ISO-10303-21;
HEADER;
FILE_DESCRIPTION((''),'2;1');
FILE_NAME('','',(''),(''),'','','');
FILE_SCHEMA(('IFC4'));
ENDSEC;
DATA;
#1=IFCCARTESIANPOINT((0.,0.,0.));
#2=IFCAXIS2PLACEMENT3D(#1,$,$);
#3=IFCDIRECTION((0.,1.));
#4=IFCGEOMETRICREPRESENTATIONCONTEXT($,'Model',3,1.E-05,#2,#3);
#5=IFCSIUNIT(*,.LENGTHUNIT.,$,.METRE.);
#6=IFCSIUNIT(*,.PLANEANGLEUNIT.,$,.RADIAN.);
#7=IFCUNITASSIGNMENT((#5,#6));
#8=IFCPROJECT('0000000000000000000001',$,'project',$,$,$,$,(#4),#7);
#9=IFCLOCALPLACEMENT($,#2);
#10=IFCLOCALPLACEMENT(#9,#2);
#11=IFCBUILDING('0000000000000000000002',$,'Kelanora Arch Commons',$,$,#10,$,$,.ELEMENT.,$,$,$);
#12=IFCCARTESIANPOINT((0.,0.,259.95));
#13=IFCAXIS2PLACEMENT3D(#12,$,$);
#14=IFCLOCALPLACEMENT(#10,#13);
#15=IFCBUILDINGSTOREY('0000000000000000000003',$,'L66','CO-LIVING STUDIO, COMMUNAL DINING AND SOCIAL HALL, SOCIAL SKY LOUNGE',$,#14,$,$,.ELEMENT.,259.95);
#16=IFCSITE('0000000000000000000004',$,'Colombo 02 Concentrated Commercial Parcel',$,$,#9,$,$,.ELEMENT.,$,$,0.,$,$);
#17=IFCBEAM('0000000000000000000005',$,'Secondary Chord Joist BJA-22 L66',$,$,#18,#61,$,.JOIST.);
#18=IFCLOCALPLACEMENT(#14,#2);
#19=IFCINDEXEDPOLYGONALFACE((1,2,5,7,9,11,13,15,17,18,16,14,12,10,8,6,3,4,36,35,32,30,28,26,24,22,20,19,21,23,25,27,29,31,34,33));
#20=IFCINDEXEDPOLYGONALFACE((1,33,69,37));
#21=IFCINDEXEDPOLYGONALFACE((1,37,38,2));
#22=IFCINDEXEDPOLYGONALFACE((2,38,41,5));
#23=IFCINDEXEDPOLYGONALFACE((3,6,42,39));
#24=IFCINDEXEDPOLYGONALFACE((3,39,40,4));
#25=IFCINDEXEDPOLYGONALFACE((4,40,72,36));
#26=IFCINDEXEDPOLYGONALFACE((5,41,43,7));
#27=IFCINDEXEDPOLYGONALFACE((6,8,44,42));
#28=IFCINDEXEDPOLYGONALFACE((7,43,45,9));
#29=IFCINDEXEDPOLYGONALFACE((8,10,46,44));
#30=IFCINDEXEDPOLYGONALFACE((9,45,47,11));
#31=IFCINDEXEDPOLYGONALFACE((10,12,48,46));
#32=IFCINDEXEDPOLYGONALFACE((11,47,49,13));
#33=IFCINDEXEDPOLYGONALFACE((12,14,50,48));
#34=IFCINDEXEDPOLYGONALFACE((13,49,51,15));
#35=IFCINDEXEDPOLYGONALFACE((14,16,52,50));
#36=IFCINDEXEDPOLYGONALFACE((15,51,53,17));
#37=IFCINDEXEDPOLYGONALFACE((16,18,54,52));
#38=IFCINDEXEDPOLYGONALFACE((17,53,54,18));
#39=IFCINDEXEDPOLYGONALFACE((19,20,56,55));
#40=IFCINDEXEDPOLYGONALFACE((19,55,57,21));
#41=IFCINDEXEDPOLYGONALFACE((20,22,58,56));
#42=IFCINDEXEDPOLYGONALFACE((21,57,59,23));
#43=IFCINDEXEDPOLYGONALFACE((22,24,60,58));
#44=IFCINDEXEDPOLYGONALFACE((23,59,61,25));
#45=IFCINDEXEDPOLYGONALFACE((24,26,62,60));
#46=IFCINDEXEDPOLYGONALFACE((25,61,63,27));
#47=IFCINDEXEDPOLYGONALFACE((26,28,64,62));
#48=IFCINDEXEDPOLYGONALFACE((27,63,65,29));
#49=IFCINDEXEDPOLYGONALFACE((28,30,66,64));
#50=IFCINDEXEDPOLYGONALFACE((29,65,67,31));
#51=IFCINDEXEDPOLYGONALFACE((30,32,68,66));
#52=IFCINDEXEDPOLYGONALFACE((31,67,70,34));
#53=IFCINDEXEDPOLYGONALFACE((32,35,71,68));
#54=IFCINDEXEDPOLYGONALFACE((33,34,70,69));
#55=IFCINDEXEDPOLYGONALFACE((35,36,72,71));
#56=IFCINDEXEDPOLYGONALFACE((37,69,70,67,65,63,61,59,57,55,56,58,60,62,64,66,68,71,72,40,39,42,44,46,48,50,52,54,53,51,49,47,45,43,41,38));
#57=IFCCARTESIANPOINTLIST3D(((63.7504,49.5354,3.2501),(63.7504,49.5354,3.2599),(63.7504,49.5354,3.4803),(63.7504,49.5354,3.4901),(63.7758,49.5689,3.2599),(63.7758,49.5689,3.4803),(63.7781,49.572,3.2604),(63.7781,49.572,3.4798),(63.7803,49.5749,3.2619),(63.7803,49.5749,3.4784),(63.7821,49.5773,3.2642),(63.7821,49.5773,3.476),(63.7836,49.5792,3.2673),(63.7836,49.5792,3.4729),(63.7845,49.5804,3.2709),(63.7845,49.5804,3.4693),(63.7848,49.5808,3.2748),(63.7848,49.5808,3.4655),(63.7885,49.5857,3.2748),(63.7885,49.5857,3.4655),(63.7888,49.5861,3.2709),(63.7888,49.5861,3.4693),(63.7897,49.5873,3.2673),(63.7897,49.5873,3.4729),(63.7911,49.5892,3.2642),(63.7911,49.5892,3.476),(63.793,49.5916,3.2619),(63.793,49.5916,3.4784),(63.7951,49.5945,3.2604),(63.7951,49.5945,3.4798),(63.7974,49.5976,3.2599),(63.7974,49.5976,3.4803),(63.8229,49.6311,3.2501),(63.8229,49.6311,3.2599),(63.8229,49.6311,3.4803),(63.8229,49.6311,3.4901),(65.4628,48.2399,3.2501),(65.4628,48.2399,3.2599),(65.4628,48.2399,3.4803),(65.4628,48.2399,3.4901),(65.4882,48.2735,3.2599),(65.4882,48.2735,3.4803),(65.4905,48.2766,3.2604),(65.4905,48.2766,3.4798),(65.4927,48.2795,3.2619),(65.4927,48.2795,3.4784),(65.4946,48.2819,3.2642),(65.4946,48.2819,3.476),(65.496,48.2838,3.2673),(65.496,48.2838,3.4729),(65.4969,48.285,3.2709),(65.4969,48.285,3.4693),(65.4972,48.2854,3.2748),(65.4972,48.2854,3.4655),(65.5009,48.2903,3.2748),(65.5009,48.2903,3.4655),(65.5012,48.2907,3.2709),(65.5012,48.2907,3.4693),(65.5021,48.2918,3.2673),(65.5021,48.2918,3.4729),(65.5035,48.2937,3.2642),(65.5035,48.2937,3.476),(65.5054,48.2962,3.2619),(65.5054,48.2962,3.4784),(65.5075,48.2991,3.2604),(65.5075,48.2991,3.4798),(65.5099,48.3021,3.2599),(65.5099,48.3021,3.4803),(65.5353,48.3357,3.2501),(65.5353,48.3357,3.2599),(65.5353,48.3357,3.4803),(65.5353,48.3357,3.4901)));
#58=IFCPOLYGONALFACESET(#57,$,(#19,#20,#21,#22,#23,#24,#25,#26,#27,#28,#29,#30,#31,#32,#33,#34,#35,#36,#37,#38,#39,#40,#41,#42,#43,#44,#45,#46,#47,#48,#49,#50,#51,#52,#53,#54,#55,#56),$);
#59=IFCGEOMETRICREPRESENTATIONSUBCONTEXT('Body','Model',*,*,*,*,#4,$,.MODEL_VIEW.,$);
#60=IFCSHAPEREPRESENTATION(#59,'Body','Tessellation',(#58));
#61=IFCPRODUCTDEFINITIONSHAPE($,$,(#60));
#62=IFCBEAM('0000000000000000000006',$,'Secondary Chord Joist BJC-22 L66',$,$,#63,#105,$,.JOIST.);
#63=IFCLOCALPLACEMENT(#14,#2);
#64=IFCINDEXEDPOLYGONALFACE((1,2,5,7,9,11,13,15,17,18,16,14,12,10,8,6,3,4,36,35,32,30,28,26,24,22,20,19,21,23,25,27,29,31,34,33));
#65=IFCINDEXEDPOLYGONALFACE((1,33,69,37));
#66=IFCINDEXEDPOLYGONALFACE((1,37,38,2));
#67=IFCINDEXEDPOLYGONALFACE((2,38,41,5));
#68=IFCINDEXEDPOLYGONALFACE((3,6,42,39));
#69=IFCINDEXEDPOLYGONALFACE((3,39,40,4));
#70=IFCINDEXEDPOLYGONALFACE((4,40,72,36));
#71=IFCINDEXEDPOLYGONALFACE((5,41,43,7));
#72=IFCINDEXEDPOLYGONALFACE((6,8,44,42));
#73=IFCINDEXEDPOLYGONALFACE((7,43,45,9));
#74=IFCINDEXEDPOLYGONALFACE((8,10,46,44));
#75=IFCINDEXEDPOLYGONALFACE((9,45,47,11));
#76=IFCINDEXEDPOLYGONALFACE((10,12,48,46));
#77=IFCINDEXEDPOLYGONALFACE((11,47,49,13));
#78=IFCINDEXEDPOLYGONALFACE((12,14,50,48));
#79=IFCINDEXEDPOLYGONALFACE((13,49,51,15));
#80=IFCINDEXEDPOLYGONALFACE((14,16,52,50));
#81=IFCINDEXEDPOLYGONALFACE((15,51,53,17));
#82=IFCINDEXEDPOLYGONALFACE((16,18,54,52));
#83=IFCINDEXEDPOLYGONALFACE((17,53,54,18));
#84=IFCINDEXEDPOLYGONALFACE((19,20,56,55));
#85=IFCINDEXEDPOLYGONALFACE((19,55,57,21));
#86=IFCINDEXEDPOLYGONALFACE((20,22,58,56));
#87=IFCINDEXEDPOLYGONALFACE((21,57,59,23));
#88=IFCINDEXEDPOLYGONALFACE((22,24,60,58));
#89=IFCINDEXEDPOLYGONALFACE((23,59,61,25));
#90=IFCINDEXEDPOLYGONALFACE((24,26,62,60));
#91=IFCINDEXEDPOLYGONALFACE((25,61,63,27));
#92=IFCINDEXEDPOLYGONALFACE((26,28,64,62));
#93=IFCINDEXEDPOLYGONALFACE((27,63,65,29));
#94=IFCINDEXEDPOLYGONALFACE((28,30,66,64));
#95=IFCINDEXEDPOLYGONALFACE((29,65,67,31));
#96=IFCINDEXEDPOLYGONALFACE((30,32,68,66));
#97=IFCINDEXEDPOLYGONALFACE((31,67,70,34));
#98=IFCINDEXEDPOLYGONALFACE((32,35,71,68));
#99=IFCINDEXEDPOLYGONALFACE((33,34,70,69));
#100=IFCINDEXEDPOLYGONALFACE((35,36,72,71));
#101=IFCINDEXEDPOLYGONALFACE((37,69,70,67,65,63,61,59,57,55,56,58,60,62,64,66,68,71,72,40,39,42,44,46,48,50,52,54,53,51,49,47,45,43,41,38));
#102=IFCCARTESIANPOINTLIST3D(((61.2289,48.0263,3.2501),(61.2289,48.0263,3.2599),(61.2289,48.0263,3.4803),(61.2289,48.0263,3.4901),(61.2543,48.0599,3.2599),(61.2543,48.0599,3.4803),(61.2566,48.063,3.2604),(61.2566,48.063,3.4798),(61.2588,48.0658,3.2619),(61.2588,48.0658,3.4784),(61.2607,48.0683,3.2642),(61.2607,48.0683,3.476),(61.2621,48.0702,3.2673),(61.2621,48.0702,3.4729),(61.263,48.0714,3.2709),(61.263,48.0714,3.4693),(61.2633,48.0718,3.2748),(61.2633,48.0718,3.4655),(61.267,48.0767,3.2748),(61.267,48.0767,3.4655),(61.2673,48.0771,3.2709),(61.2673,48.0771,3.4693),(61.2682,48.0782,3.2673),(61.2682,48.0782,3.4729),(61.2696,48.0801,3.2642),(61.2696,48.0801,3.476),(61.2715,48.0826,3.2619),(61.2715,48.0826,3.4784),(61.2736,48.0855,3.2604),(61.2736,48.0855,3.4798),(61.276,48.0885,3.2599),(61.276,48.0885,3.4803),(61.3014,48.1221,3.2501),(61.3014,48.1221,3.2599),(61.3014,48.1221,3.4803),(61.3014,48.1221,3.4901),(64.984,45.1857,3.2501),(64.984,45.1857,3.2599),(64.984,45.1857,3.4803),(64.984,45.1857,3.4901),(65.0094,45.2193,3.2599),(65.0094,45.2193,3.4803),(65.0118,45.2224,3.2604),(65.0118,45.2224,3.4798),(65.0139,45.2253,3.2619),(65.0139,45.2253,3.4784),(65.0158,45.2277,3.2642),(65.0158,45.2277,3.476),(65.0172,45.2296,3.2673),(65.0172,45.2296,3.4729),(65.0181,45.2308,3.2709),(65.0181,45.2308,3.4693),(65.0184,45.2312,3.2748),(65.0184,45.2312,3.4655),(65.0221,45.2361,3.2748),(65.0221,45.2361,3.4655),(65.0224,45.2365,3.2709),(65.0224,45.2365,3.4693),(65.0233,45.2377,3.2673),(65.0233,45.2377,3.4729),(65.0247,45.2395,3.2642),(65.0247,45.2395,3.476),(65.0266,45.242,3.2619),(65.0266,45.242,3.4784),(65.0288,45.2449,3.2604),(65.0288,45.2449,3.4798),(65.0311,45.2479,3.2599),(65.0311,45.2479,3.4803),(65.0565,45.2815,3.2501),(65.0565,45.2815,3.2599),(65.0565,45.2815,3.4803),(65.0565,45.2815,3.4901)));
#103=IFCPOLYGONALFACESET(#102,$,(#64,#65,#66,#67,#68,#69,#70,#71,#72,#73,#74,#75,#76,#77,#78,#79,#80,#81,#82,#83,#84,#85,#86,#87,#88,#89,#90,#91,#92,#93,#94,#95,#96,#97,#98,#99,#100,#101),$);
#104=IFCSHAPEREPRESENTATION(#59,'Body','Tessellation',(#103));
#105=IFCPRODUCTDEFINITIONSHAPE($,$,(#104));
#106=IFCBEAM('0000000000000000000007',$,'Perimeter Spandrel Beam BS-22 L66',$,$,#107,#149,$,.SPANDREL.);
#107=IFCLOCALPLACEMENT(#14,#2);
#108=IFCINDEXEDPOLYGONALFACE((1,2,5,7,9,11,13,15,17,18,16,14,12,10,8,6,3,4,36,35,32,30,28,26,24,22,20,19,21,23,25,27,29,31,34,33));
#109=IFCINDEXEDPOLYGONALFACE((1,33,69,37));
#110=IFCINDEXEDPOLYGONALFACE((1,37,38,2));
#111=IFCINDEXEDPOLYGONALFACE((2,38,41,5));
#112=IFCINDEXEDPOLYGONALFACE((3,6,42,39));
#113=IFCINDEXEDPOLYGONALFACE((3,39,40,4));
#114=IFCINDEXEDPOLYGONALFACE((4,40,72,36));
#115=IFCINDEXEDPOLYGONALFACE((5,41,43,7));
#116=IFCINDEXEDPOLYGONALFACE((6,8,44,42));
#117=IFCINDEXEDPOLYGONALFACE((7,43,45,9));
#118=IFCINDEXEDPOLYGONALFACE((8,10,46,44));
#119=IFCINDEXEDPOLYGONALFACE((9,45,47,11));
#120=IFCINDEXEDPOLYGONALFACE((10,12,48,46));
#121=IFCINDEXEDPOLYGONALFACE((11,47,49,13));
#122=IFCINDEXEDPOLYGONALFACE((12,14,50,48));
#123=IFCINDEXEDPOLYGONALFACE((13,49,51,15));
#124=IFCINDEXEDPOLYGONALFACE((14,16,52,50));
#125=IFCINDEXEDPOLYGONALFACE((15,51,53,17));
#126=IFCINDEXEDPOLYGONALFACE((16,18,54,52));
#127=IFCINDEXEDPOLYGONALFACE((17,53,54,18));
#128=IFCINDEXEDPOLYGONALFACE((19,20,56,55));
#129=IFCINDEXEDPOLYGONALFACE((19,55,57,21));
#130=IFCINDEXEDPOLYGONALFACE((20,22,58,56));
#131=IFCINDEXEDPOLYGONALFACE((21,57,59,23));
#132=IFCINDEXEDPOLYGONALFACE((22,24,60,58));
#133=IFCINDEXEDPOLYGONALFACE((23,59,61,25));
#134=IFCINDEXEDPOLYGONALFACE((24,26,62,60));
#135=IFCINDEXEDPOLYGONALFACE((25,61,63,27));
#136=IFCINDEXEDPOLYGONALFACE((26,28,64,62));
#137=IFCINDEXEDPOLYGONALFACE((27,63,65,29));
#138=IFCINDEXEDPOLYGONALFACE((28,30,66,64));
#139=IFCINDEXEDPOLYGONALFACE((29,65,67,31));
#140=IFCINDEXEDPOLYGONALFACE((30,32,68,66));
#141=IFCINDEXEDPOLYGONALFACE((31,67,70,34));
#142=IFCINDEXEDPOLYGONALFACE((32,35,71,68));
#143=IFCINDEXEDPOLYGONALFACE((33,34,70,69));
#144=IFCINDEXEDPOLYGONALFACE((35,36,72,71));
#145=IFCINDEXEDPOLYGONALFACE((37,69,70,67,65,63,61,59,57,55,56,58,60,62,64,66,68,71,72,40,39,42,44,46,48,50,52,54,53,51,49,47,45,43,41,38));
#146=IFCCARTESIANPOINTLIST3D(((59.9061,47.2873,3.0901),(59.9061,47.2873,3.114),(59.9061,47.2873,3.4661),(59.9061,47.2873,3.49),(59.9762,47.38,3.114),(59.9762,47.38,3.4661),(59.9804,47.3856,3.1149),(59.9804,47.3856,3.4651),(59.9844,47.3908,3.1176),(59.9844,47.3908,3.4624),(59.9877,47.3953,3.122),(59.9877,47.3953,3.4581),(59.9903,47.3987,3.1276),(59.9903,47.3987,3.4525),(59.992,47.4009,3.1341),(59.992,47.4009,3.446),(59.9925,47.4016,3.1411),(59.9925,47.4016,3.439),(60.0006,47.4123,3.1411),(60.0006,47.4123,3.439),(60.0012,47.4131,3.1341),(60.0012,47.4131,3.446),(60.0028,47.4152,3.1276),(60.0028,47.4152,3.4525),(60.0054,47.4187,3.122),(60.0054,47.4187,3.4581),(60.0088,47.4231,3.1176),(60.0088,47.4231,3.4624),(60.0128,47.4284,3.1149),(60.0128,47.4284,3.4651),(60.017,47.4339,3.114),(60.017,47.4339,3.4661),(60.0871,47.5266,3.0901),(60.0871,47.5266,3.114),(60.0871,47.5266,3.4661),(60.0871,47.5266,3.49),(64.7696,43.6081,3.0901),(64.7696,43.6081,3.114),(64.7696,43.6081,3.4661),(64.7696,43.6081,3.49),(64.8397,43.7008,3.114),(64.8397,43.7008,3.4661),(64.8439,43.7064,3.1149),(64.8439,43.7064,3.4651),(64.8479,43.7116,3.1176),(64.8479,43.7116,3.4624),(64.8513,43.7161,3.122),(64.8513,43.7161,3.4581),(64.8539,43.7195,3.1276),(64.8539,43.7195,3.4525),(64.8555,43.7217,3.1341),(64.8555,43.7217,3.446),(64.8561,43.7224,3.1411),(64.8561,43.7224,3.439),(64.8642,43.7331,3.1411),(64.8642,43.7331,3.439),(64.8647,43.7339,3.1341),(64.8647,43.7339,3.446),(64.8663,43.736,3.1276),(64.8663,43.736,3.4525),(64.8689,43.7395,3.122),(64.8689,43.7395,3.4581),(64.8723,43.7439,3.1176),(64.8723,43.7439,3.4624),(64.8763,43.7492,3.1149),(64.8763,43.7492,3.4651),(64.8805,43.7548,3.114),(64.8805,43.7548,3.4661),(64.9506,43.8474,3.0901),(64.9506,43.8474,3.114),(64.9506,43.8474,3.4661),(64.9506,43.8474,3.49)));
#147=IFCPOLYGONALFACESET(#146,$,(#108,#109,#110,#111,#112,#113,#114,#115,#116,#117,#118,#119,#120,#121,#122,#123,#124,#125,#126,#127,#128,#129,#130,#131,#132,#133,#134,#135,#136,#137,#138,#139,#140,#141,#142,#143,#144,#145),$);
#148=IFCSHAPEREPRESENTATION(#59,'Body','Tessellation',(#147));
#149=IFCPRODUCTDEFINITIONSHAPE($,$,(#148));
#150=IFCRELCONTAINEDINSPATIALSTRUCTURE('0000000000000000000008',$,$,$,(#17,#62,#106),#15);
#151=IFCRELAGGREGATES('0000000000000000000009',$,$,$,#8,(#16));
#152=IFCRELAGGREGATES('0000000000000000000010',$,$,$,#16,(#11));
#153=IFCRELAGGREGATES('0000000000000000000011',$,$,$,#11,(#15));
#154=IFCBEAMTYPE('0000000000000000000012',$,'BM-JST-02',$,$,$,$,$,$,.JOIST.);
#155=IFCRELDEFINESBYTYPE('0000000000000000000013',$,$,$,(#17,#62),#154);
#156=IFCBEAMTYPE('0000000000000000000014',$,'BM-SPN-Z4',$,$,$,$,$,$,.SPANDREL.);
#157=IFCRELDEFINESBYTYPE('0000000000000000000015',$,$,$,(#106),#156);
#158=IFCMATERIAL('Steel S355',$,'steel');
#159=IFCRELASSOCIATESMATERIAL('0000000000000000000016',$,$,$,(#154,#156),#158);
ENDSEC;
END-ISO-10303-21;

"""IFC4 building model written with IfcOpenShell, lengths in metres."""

from ifc_helpers import new_model, si_unit, direction, frame, origin, origin_2d, place, context, subcontext, project, spatial, i_section, extrude, material, material_profile, profile_set, type_object, element, save


model = new_model("IFC4")

# Units and contexts
model_context = context("Model", 3, precision=1e-05, world=origin(), true_north=direction((0.0, 1.0)))
body_context = subcontext(model_context, "Body", "Model", "MODEL_VIEW")
ifc_project = project(units=[si_unit("LENGTHUNIT", "METRE"), si_unit("PLANEANGLEUNIT", "RADIAN")], contexts=[model_context])

# Site, building, storey
site_placement = place(None, origin())
site = spatial("IfcSite", under=ifc_project, at=site_placement, Name="Colombo 02 Concentrated Commercial Parcel", CompositionType="ELEMENT", RefElevation=0.0)
building_placement = place(site_placement, origin())
building = spatial("IfcBuilding", under=site, at=building_placement, Name="Kelanora Arch Commons", CompositionType="ELEMENT")
storey_placement = place(building_placement, frame((0.0, 0.0, 259.95)))
storey = spatial("IfcBuildingStorey", under=building, at=storey_placement, Name="L66", Description="CO-LIVING STUDIO, COMMUNAL DINING AND SOCIAL HALL, SOCIAL SKY LOUNGE", CompositionType="ELEMENT", Elevation=259.95)

# Beams
ifc_material_1 = material(Name="Steel S355", Category="steel")
ifc_material_profile_1 = material_profile(ifc_material_1, i_section(OverallWidth=0.1201, OverallDepth=0.24, WebThickness=0.0061, FlangeThickness=0.0098, FilletRadius=0.0149, at=origin_2d()), Name="IPE240")
ifc_profile_set_1 = profile_set([ifc_material_profile_1], Name="Steel S355")
beam_type_1 = type_object("IfcBeamType", Name="BM-JST-02", PredefinedType="JOIST", material=ifc_profile_set_1)
beam_1_placement = place(storey_placement, frame((63.7866, 49.5833, 3.3701), z_axis=(0.79751, -0.603306, 0.0), x_axis=(0.603306, 0.79751, 0.0)))
element("IfcBeam", 1, at=beam_1_placement, inside=storey, type_object=beam_type_1, Name="Secondary Chord Joist BJA-22 L66", PredefinedType="JOIST", context=body_context, shape_type="SweptSolid", body=[
    extrude(i_section(OverallWidth=0.1201, OverallDepth=0.24, WebThickness=0.0061, FlangeThickness=0.0098, FilletRadius=0.0149, at=origin_2d()), origin(), (0.0, 0.0, 1.0), 2.1472),
])
beam_2_placement = place(storey_placement, frame((61.2651, 48.0742, 3.3701), z_axis=(0.797523, -0.603289, 0.0), x_axis=(0.603289, 0.797523, 0.0)))
element("IfcBeam", 2, at=beam_2_placement, inside=storey, type_object=beam_type_1, Name="Secondary Chord Joist BJC-22 L66", PredefinedType="JOIST", context=body_context, shape_type="SweptSolid", body=[
    extrude(i_section(OverallWidth=0.1201, OverallDepth=0.24, WebThickness=0.0061, FlangeThickness=0.0098, FilletRadius=0.0149, at=origin_2d()), origin(), (0.0, 0.0, 1.0), 4.7085),
])
ifc_material_profile_2 = material_profile(ifc_material_1, i_section(OverallWidth=0.3, OverallDepth=0.3999, WebThickness=0.0134, FlangeThickness=0.0239, FilletRadius=0.0271, at=origin_2d()), Name="HEB400")
ifc_profile_set_2 = profile_set([ifc_material_profile_2], Name="Steel S355")
beam_type_2 = type_object("IfcBeamType", Name="BM-SPN-Z4", PredefinedType="SPANDREL", material=ifc_profile_set_2)
beam_3_placement = place(storey_placement, frame((59.9966, 47.407, 3.29), z_axis=(0.797509, -0.603306, 0.0), x_axis=(0.603306, 0.797509, 0.0)))
element("IfcBeam", 3, at=beam_3_placement, inside=storey, type_object=beam_type_2, Name="Perimeter Spandrel Beam BS-22 L66", PredefinedType="SPANDREL", context=body_context, shape_type="SweptSolid", body=[
    extrude(i_section(OverallWidth=0.3, OverallDepth=0.3999, WebThickness=0.0134, FlangeThickness=0.0239, FilletRadius=0.0271, at=origin_2d()), origin(), (0.0, 0.0, 1.0), 6.0984),
])

save(model, "model.ifc")
